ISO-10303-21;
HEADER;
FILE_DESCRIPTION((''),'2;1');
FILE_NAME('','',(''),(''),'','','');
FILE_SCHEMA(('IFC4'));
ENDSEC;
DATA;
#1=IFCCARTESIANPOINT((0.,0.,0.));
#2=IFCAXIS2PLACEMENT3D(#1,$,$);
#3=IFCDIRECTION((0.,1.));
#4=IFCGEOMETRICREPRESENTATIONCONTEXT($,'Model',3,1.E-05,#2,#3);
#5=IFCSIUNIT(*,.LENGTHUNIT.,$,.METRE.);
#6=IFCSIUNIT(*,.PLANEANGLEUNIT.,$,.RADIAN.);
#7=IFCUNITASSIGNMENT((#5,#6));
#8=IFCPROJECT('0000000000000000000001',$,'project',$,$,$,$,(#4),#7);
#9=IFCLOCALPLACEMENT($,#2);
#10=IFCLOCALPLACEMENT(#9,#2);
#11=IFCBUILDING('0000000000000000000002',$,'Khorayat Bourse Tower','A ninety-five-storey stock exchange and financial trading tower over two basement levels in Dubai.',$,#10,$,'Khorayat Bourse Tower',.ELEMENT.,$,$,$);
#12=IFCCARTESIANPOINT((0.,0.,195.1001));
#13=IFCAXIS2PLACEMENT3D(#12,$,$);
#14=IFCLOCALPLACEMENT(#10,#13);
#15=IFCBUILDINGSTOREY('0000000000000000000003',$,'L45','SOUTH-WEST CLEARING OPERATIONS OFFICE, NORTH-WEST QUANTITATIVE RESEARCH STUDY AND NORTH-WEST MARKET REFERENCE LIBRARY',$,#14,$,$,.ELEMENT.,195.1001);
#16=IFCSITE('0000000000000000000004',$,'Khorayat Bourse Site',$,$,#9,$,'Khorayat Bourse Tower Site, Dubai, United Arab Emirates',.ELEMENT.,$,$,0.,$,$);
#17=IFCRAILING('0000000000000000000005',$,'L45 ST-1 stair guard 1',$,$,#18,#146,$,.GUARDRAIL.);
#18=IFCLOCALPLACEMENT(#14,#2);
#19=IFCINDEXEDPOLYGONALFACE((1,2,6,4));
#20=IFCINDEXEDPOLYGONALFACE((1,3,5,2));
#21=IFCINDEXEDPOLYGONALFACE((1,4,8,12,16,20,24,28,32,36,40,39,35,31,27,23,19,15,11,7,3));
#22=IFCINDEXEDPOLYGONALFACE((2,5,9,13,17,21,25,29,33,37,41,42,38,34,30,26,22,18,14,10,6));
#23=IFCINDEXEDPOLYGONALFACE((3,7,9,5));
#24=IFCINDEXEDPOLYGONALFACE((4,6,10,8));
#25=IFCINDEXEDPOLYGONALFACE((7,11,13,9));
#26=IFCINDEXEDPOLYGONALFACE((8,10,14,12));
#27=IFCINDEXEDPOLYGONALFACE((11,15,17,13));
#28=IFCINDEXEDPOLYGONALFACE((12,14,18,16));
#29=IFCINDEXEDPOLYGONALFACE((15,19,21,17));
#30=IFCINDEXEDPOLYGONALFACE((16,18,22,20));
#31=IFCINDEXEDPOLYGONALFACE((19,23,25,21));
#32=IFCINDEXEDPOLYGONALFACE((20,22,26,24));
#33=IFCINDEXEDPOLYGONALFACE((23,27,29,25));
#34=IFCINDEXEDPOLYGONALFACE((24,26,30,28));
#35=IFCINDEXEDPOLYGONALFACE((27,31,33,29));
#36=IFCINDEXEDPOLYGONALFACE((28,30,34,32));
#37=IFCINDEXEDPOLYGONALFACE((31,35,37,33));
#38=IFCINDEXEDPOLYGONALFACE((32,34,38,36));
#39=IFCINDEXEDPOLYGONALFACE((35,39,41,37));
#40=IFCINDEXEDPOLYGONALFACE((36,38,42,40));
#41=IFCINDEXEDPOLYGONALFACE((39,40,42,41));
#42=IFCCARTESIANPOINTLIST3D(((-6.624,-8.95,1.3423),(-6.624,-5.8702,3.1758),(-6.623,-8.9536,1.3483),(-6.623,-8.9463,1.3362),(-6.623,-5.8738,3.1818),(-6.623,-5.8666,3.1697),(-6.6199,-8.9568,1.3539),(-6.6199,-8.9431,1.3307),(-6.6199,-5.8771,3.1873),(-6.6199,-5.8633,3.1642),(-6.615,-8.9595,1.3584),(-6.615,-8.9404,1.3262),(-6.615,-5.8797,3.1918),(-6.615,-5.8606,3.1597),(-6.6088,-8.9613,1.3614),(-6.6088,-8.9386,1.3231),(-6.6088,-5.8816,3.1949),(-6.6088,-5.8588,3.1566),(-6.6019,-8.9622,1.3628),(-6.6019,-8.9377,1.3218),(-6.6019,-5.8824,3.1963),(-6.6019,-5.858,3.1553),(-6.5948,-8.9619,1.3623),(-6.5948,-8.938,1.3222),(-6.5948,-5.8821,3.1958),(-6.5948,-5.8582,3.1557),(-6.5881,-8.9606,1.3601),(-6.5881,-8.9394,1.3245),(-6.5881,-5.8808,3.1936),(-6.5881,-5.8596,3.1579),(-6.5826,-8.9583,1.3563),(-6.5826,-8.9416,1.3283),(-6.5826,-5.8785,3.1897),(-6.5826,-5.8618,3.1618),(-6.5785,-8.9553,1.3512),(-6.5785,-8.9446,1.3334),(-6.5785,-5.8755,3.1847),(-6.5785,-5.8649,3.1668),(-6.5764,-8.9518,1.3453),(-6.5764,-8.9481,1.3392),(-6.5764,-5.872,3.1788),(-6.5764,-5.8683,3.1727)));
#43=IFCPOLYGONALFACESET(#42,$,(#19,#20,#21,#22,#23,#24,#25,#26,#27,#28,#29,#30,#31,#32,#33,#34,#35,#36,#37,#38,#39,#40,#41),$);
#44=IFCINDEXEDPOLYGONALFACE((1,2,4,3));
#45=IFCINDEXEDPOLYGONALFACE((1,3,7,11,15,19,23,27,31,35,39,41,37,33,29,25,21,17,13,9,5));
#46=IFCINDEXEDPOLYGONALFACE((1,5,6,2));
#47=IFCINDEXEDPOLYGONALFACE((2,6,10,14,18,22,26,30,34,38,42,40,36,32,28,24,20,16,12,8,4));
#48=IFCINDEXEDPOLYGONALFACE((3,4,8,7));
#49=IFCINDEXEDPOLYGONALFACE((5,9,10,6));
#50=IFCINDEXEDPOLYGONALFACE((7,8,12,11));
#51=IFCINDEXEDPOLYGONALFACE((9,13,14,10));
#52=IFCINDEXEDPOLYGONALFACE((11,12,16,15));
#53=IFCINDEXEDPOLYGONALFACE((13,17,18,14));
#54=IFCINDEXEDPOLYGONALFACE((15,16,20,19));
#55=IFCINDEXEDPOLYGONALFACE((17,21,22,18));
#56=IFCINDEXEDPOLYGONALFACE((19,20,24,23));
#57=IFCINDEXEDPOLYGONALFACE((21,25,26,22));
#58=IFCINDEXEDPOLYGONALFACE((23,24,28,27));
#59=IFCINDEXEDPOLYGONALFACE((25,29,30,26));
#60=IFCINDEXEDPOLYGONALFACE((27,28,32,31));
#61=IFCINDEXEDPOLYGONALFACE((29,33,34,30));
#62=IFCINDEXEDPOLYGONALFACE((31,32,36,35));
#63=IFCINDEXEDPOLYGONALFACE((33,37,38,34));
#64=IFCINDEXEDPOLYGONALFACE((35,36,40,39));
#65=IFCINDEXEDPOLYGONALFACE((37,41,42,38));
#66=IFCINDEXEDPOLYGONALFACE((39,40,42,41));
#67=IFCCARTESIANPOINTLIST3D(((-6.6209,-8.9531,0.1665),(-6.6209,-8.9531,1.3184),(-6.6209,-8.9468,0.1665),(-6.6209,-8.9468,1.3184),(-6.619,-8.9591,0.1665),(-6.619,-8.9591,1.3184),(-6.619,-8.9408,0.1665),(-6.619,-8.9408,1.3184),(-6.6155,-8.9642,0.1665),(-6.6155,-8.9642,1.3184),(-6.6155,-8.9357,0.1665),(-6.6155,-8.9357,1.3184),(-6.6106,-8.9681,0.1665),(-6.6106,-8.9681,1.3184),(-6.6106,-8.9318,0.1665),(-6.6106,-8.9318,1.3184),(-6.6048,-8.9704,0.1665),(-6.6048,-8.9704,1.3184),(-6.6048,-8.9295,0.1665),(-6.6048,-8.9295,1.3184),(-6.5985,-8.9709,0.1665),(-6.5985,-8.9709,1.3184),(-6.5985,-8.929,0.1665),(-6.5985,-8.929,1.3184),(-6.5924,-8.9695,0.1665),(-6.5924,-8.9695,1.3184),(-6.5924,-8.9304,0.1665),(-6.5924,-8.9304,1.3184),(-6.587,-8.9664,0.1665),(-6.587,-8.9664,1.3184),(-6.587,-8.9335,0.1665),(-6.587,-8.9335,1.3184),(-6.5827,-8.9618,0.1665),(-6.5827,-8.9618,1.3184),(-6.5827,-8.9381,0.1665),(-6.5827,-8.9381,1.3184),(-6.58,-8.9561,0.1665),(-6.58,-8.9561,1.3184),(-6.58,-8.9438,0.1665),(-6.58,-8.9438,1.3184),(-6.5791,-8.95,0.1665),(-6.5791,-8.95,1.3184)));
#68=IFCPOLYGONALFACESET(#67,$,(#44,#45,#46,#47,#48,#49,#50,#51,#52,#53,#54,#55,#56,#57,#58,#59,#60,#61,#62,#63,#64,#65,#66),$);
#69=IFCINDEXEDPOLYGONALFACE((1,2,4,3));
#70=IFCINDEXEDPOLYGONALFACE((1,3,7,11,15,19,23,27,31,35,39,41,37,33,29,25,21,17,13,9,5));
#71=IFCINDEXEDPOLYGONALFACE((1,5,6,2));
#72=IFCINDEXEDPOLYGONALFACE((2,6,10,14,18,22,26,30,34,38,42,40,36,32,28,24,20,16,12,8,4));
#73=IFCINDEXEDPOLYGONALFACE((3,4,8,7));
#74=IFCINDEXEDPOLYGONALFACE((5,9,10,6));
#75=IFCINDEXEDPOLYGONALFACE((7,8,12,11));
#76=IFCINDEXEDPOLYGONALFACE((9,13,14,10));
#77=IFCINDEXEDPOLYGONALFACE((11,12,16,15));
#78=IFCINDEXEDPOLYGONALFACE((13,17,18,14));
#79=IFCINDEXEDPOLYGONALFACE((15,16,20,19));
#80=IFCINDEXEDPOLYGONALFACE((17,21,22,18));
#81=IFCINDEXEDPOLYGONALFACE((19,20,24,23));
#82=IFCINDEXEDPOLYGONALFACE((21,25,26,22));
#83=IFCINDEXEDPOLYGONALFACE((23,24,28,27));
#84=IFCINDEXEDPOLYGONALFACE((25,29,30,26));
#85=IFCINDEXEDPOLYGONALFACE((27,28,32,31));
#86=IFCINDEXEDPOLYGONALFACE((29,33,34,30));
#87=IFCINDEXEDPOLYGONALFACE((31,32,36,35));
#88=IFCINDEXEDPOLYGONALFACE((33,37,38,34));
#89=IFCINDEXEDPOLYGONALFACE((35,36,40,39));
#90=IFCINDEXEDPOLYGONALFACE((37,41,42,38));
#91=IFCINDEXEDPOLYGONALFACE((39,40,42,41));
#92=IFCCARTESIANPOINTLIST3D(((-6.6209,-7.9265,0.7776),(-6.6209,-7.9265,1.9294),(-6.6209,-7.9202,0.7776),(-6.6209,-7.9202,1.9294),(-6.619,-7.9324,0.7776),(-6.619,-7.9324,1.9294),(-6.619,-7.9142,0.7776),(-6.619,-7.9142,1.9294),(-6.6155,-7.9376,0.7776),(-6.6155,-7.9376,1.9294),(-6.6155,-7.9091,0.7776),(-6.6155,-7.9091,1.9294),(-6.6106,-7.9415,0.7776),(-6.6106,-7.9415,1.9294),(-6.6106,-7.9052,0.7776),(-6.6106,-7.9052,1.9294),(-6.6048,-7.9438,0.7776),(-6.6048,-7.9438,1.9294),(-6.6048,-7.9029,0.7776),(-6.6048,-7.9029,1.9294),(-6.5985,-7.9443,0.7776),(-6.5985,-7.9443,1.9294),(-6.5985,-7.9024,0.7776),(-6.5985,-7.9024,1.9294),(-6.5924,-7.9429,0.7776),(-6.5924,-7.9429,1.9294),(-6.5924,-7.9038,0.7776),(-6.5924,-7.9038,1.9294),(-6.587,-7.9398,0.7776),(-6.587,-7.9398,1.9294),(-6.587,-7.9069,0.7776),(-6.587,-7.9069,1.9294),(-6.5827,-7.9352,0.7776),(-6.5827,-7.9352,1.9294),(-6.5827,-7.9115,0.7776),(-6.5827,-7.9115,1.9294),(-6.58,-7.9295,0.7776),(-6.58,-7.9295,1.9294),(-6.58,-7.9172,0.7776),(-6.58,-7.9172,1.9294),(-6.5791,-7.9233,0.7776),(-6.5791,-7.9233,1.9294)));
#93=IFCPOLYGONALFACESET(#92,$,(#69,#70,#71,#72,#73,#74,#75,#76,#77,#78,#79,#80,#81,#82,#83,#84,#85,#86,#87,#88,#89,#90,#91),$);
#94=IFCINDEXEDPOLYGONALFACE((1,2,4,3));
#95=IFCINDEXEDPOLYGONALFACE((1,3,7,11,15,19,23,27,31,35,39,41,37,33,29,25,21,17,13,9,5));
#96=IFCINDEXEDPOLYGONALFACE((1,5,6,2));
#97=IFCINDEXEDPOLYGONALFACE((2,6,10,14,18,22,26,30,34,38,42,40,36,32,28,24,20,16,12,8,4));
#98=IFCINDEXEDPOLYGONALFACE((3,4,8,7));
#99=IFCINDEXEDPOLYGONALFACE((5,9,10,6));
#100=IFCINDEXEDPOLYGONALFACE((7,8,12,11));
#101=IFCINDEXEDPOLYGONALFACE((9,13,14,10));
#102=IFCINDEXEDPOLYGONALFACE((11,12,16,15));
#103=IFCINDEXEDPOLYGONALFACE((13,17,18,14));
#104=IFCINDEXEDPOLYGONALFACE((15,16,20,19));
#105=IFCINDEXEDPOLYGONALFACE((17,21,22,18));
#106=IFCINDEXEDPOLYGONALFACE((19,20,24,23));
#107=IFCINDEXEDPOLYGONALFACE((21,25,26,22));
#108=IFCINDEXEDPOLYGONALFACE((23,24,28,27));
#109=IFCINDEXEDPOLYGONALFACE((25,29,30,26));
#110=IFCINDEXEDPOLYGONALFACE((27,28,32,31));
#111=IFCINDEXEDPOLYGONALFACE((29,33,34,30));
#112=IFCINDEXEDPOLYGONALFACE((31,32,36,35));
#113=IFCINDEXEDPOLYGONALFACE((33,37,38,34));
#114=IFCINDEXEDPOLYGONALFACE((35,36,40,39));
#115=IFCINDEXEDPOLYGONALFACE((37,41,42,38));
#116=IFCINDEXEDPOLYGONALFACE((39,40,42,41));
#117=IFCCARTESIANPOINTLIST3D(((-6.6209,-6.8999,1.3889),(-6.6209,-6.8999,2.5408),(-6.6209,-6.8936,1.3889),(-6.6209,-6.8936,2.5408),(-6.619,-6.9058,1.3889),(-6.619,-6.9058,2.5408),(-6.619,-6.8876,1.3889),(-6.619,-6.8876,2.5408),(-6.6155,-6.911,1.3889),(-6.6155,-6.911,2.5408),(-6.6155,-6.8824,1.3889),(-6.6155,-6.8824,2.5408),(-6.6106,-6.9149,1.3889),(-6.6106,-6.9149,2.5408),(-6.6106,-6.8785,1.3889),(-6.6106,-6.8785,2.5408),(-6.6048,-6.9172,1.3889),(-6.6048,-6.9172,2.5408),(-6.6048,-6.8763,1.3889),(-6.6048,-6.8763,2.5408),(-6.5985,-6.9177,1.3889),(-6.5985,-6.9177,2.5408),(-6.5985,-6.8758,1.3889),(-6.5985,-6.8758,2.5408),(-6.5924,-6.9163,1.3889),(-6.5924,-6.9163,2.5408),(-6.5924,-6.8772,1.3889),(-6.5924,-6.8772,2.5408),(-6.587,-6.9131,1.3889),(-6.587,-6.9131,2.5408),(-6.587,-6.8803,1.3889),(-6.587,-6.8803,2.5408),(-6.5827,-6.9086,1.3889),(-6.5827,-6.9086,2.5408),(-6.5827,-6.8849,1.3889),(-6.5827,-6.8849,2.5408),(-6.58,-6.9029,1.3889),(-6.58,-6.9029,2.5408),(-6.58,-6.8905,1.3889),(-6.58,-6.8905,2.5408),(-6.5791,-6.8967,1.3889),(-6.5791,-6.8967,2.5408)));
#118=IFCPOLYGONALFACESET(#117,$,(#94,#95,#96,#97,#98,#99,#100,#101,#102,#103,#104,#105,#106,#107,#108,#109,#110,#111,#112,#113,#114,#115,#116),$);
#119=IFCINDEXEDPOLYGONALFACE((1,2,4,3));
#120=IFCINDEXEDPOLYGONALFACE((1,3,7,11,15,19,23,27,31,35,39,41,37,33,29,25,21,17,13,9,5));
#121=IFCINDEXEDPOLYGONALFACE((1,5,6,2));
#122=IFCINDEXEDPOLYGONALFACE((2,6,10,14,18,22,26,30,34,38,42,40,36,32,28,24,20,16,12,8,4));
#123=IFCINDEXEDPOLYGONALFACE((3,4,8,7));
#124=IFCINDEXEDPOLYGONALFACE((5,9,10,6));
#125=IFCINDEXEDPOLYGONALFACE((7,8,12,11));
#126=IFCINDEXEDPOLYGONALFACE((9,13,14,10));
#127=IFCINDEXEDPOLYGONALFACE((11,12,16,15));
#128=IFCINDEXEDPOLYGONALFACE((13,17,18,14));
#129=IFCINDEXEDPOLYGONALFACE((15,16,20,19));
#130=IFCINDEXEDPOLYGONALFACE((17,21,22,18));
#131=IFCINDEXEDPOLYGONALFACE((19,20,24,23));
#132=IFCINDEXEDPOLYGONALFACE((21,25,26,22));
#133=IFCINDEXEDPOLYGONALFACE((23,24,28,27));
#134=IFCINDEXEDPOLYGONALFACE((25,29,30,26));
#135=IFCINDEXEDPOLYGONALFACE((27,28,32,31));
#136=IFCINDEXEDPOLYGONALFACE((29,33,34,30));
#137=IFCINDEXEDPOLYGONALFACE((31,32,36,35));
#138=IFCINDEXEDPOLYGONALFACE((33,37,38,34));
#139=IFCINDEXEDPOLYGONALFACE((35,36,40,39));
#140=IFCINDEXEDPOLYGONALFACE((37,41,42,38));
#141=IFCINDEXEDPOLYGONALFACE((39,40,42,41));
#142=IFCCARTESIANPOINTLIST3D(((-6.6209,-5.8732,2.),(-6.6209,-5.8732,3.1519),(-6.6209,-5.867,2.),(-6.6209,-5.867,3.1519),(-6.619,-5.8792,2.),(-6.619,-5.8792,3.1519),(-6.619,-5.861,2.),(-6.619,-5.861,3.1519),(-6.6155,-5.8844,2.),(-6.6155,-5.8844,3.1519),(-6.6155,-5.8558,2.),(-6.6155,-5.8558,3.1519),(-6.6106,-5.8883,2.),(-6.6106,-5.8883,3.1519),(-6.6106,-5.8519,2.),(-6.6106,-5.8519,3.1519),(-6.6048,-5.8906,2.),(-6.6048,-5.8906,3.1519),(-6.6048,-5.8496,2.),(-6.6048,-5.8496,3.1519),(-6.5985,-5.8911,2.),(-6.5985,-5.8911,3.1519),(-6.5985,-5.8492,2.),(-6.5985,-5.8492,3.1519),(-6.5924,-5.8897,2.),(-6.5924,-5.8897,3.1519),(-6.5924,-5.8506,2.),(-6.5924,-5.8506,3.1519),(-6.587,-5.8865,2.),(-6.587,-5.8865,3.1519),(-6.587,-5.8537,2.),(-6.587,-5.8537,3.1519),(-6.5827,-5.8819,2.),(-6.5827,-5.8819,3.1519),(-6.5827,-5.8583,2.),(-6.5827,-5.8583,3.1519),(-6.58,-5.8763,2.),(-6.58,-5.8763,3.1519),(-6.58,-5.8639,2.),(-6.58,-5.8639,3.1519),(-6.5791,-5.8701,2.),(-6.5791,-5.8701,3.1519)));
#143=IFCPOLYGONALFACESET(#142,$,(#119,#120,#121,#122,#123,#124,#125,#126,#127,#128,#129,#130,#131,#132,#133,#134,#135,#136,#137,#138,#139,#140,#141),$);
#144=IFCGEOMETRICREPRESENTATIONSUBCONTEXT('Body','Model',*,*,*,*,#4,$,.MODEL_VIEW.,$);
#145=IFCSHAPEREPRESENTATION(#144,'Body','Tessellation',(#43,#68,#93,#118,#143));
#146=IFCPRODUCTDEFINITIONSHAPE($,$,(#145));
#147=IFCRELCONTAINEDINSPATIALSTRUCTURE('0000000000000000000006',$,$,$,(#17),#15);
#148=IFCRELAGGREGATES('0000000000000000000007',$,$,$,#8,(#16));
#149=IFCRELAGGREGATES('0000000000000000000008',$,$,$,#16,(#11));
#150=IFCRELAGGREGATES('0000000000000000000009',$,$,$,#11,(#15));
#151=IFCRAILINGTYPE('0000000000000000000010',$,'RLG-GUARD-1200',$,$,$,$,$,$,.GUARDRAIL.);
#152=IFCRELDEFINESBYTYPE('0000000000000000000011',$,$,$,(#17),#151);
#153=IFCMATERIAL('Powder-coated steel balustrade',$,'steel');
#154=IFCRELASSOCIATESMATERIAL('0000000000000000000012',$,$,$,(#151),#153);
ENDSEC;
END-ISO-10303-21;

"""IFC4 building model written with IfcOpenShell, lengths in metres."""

from ifc_helpers import new_model, si_unit, direction, frame, origin, origin_2d, place, context, subcontext, project, spatial, circle, extrude, source, transform, mapped, material, type_object, element, save


model = new_model("IFC4")

# Units and contexts
model_context = context("Model", 3, precision=1e-05, world=origin(), true_north=direction((0.0, 1.0)))
body_context = subcontext(model_context, "Body", "Model", "MODEL_VIEW")
ifc_project = project(units=[si_unit("LENGTHUNIT", "METRE"), si_unit("PLANEANGLEUNIT", "RADIAN")], contexts=[model_context])

# Site, building, storey
site_placement = place(None, origin())
site = spatial("IfcSite", under=ifc_project, at=site_placement, Name="Khorayat Bourse Site", LongName="Khorayat Bourse Tower Site, Dubai, United Arab Emirates", CompositionType="ELEMENT", RefElevation=0.0)
building_placement = place(site_placement, origin())
building = spatial("IfcBuilding", under=site, at=building_placement, Name="Khorayat Bourse Tower", Description="A ninety-five-storey stock exchange and financial trading tower over two basement levels in Dubai.", LongName="Khorayat Bourse Tower", CompositionType="ELEMENT")
storey_placement = place(building_placement, frame((0.0, 0.0, 195.1001)))
storey = spatial("IfcBuildingStorey", under=building, at=storey_placement, Name="L45", Description="SOUTH-WEST CLEARING OPERATIONS OFFICE, NORTH-WEST QUANTITATIVE RESEARCH STUDY AND NORTH-WEST MARKET REFERENCE LIBRARY", CompositionType="ELEMENT", Elevation=195.1001)

# Railing
ifc_material_1 = material(Name="Powder-coated steel balustrade", Category="steel")
railing_type_1 = type_object("IfcRailingType", Name="RLG-GUARD-1200", PredefinedType="GUARDRAIL", material=ifc_material_1)
shared_shape_1 = source(origin(), body_context, "Body", "SweptSolid", [
    extrude(circle(Radius=0.0239, at=origin_2d()), frame((0.0, 0.0, 1.1758), z_axis=(0.0, 0.859261, 0.511538), x_axis=(-1.0, 0.0, 0.0)), (0.0, 0.0, 1.0), 3.5842),
    extrude(circle(Radius=0.021, at=origin_2d()), origin(), (0.0, 0.0, 1.0), 1.1519),
    extrude(circle(Radius=0.021, at=origin_2d()), frame((0.0, 1.0266, 0.6111)), (0.0, 0.0, 1.0), 1.1519),
    extrude(circle(Radius=0.021, at=origin_2d()), frame((0.0, 2.0532, 1.2224)), (0.0, 0.0, 1.0), 1.1519),
    extrude(circle(Radius=0.021, at=origin_2d()), frame((0.0, 3.0798, 1.8335)), (0.0, 0.0, 1.0), 1.1519),
])
railing_1_placement = place(storey_placement, frame((-6.6001, -8.95, 0.1665)))
element("IfcRailing", 1, at=railing_1_placement, inside=storey, type_object=railing_type_1, Name="L45 ST-1 stair guard 1", PredefinedType="GUARDRAIL", context=body_context, shape_type="MappedRepresentation", body=[
    mapped(shared_shape_1, transform((0.0, 0.0, 0.0), scale=1.0)),
])

save(model, "model.ifc")
